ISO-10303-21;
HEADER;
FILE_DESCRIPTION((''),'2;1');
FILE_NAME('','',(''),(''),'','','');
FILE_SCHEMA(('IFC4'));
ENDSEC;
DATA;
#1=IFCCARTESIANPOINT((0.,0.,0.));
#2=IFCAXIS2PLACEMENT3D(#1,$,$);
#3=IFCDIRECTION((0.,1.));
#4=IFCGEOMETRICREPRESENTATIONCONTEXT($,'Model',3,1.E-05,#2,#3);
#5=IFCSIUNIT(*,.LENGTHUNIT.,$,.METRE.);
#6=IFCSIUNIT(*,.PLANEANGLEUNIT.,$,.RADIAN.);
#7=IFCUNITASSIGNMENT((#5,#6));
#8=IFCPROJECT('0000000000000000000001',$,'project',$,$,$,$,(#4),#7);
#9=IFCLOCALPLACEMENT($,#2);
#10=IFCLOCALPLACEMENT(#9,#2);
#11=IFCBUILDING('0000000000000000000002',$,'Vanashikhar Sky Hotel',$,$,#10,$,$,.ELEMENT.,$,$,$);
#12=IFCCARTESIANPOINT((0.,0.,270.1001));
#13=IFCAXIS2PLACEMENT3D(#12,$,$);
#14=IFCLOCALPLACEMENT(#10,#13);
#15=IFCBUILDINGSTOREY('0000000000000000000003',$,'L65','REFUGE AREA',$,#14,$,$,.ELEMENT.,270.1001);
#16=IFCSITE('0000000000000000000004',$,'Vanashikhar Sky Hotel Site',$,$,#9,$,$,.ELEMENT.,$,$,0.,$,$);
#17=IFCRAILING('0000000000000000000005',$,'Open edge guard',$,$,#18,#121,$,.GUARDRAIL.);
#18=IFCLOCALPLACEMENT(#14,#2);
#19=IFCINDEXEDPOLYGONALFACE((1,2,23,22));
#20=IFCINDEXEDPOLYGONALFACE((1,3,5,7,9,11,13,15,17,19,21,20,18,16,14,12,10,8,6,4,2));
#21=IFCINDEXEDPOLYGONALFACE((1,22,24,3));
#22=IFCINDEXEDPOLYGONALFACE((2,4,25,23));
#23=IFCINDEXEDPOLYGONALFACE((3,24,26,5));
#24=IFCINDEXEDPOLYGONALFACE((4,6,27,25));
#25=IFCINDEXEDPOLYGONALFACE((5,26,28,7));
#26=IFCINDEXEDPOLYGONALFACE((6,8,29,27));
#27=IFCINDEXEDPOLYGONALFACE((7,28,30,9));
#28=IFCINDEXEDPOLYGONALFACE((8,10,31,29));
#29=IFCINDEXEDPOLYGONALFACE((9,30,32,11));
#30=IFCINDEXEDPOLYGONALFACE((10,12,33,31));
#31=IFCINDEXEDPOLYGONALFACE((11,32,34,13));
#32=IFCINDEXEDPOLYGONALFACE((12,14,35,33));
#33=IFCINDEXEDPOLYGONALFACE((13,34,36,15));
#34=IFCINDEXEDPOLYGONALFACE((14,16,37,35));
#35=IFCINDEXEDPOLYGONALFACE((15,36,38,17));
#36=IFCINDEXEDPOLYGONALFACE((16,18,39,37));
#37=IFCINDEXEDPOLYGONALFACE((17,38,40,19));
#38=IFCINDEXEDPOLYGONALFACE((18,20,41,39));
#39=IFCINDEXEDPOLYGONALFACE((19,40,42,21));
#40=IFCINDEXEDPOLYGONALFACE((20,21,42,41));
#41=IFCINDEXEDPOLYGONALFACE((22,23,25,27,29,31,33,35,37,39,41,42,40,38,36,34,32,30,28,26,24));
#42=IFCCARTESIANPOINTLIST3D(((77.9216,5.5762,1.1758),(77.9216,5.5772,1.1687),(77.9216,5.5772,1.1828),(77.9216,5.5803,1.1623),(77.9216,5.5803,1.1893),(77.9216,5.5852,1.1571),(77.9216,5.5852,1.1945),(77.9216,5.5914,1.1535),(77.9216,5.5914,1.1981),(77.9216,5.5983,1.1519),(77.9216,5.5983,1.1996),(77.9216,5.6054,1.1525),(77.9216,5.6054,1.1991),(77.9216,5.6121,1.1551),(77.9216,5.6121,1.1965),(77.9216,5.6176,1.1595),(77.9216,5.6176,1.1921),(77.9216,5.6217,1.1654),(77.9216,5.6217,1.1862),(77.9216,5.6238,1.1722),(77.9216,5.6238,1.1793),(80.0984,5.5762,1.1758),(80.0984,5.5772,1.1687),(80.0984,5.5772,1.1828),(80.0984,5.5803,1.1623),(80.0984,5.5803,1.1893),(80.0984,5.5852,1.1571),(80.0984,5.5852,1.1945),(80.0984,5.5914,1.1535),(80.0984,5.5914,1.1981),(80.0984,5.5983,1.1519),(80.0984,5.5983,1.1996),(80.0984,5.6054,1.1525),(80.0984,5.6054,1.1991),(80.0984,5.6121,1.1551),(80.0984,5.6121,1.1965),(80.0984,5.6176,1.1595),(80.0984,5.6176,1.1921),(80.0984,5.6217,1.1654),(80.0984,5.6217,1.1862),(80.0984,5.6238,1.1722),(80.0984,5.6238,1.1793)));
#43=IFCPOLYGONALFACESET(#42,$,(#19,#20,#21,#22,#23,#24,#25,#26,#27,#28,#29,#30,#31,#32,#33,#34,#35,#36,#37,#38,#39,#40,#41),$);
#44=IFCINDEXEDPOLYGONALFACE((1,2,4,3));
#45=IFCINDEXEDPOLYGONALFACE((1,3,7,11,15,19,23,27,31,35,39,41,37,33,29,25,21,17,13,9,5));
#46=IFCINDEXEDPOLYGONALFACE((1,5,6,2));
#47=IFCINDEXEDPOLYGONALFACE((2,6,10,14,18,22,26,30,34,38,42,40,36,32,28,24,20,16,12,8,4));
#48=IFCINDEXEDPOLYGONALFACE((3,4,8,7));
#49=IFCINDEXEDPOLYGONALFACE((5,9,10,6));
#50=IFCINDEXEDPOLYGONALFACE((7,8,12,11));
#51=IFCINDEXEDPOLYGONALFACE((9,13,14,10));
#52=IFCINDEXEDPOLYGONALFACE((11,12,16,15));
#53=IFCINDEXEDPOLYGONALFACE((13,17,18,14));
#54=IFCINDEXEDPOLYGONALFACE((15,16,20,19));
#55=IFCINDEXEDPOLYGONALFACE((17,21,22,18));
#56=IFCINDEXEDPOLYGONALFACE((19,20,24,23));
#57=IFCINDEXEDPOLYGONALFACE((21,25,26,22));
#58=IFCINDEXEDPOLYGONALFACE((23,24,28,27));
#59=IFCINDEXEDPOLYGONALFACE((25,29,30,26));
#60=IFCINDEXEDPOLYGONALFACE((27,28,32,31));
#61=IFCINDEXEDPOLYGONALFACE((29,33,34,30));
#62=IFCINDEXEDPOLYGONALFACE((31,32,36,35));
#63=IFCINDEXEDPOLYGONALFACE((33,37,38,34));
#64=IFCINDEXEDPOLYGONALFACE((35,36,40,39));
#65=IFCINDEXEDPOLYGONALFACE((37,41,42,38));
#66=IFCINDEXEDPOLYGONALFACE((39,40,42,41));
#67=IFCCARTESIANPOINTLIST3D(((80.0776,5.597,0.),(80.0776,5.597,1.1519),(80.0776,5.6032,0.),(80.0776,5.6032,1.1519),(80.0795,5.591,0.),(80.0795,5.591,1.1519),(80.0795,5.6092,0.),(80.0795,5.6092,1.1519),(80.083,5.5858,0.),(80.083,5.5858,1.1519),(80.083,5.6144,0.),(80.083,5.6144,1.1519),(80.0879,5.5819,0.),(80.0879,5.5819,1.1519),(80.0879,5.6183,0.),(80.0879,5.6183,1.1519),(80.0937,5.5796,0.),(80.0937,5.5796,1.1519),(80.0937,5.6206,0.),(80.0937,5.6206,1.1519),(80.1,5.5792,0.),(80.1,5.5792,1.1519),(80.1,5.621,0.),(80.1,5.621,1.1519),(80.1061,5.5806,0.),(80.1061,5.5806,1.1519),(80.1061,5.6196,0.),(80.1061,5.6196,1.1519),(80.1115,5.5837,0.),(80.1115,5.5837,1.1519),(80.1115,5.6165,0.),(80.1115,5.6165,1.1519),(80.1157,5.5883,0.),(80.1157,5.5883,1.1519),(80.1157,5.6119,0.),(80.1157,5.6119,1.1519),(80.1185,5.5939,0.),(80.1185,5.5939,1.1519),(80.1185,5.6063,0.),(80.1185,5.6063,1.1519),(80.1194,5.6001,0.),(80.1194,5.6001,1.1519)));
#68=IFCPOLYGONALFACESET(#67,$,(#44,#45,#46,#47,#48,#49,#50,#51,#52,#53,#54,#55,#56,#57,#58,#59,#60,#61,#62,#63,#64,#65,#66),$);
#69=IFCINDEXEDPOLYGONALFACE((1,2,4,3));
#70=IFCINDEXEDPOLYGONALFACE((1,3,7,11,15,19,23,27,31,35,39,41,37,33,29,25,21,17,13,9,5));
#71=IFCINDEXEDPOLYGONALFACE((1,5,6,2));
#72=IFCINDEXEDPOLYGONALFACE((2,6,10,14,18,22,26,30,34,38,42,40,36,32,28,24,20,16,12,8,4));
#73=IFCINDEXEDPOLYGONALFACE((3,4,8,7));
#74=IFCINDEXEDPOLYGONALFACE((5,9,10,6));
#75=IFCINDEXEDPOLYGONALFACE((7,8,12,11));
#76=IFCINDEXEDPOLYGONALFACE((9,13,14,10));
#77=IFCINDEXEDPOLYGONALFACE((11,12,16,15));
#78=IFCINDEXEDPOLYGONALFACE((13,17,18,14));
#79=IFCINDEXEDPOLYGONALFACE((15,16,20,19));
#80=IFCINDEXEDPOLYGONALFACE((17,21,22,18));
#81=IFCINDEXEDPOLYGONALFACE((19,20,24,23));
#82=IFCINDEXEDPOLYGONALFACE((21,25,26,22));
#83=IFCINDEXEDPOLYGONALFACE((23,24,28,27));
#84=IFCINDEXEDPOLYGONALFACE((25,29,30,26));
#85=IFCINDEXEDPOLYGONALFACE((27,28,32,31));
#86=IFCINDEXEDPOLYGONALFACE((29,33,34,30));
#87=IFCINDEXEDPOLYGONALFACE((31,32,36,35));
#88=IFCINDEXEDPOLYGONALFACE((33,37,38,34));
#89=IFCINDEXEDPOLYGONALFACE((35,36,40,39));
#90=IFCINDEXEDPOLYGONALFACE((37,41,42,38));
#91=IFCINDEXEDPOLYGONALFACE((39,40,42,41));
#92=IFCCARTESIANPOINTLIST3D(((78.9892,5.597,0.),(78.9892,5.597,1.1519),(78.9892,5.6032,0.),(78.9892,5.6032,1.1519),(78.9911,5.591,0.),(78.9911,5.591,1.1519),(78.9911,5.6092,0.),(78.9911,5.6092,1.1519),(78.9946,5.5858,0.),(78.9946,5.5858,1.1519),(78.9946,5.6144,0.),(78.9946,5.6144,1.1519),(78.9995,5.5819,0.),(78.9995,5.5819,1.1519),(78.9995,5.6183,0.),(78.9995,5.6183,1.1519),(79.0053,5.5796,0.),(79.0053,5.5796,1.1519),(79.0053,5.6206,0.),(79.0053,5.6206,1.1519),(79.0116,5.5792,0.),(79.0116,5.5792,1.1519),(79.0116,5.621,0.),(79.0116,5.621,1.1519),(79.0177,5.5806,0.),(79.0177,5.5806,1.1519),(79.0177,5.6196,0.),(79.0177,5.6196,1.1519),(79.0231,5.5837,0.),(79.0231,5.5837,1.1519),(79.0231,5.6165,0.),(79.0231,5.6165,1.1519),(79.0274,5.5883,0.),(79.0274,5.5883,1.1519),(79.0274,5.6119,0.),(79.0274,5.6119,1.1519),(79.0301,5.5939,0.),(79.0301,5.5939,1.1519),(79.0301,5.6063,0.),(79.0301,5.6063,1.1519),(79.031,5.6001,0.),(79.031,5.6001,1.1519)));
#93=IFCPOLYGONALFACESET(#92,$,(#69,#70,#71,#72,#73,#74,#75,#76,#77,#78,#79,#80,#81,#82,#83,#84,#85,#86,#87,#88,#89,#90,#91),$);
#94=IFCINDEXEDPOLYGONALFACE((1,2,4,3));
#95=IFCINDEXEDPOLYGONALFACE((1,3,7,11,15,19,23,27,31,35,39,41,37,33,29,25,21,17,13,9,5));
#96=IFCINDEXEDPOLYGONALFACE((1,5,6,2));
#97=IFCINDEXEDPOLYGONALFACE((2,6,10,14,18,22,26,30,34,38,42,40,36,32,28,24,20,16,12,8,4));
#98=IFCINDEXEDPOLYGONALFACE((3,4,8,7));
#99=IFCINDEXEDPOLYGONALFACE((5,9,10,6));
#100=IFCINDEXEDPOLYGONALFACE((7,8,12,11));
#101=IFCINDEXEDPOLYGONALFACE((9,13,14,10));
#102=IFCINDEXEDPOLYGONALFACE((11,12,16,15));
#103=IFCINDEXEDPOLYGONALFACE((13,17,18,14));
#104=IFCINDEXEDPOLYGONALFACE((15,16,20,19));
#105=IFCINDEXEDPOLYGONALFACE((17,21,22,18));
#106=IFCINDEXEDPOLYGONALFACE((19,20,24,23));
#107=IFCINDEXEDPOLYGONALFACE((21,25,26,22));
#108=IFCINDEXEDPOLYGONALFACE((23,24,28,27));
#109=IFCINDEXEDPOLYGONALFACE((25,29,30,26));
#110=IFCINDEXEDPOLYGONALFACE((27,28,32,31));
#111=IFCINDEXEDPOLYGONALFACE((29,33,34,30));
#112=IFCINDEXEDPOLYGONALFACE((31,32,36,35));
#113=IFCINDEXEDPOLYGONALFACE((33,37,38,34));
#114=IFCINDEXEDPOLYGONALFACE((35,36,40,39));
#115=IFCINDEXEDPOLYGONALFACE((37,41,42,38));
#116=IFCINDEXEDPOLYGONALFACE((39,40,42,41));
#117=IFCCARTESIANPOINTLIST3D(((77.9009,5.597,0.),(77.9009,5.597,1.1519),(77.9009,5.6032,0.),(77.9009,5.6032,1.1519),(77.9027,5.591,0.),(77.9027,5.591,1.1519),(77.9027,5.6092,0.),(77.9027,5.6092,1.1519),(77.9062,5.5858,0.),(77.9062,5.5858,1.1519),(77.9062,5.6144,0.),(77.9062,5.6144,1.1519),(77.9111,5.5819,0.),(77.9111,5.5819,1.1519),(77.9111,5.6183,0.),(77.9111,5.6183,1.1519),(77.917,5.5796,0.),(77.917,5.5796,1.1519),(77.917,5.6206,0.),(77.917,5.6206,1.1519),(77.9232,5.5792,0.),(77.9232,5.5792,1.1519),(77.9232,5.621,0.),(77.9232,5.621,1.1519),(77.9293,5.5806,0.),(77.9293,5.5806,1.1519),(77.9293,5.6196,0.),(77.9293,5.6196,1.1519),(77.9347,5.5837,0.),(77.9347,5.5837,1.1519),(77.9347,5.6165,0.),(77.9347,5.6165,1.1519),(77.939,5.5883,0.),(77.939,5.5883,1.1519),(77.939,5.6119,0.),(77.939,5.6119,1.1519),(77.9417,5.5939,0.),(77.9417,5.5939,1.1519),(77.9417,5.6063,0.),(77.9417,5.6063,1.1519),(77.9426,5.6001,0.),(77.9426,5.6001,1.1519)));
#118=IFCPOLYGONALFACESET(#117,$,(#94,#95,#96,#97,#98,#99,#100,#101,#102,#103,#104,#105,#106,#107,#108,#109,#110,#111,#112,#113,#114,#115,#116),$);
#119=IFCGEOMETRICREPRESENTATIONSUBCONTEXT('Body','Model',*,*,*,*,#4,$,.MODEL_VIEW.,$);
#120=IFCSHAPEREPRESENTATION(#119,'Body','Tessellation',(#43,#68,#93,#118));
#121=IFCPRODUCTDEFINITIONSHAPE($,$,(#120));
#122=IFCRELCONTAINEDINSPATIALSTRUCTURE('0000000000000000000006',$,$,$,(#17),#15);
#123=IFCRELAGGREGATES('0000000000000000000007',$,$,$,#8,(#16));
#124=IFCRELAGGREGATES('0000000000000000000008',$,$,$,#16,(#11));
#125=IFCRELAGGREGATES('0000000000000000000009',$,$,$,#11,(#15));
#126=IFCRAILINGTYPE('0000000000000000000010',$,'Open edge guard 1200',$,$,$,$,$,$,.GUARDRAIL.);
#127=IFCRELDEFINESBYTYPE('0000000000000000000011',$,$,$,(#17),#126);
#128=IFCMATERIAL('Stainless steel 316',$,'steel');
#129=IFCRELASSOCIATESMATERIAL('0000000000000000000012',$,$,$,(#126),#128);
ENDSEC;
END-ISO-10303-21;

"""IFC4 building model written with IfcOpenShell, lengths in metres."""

from ifc_helpers import new_model, si_unit, direction, frame, origin, origin_2d, place, context, subcontext, project, spatial, circle, extrude, source, transform, mapped, material, type_object, element, save


model = new_model("IFC4")

# Units and contexts
model_context = context("Model", 3, precision=1e-05, world=origin(), true_north=direction((0.0, 1.0)))
body_context = subcontext(model_context, "Body", "Model", "MODEL_VIEW")
ifc_project = project(units=[si_unit("LENGTHUNIT", "METRE"), si_unit("PLANEANGLEUNIT", "RADIAN")], contexts=[model_context])

# Site, building, storey
site_placement = place(None, origin())
site = spatial("IfcSite", under=ifc_project, at=site_placement, Name="Vanashikhar Sky Hotel Site", CompositionType="ELEMENT", RefElevation=0.0)
building_placement = place(site_placement, origin())
building = spatial("IfcBuilding", under=site, at=building_placement, Name="Vanashikhar Sky Hotel", CompositionType="ELEMENT")
storey_placement = place(building_placement, frame((0.0, 0.0, 270.1001)))
storey = spatial("IfcBuildingStorey", under=building, at=storey_placement, Name="L65", Description="REFUGE AREA", CompositionType="ELEMENT", Elevation=270.1001)

# Railing
ifc_material_1 = material(Name="Stainless steel 316", Category="steel")
railing_type = type_object("IfcRailingType", Name="Open edge guard 1200", PredefinedType="GUARDRAIL", material=ifc_material_1)
shared_shape_1 = source(origin(), body_context, "Body", "SweptSolid", [
    extrude(circle(Radius=0.0239, at=origin_2d()), frame((0.0, 0.0, 1.1758), z_axis=(-1.0, 0.0, 0.0), x_axis=(0.0, -1.0, 0.0)), (0.0, 0.0, 1.0), 2.1768),
    extrude(circle(Radius=0.021, at=origin_2d()), origin(), (0.0, 0.0, 1.0), 1.1519),
    extrude(circle(Radius=0.021, at=origin_2d()), frame((-1.0884, 0.0, 0.0)), (0.0, 0.0, 1.0), 1.1519),
    extrude(circle(Radius=0.021, at=origin_2d()), frame((-2.1768, 0.0, 0.0)), (0.0, 0.0, 1.0), 1.1519),
])
railing_1_placement = place(storey_placement, frame((80.0984, 5.6001, 0.0)))
element("IfcRailing", 1, at=railing_1_placement, inside=storey, type_object=railing_type, Name="Open edge guard", PredefinedType="GUARDRAIL", context=body_context, shape_type="MappedRepresentation", body=[
    mapped(shared_shape_1, transform((0.0, 0.0, 0.0), scale=1.0)),
])

save(model, "model.ifc")
